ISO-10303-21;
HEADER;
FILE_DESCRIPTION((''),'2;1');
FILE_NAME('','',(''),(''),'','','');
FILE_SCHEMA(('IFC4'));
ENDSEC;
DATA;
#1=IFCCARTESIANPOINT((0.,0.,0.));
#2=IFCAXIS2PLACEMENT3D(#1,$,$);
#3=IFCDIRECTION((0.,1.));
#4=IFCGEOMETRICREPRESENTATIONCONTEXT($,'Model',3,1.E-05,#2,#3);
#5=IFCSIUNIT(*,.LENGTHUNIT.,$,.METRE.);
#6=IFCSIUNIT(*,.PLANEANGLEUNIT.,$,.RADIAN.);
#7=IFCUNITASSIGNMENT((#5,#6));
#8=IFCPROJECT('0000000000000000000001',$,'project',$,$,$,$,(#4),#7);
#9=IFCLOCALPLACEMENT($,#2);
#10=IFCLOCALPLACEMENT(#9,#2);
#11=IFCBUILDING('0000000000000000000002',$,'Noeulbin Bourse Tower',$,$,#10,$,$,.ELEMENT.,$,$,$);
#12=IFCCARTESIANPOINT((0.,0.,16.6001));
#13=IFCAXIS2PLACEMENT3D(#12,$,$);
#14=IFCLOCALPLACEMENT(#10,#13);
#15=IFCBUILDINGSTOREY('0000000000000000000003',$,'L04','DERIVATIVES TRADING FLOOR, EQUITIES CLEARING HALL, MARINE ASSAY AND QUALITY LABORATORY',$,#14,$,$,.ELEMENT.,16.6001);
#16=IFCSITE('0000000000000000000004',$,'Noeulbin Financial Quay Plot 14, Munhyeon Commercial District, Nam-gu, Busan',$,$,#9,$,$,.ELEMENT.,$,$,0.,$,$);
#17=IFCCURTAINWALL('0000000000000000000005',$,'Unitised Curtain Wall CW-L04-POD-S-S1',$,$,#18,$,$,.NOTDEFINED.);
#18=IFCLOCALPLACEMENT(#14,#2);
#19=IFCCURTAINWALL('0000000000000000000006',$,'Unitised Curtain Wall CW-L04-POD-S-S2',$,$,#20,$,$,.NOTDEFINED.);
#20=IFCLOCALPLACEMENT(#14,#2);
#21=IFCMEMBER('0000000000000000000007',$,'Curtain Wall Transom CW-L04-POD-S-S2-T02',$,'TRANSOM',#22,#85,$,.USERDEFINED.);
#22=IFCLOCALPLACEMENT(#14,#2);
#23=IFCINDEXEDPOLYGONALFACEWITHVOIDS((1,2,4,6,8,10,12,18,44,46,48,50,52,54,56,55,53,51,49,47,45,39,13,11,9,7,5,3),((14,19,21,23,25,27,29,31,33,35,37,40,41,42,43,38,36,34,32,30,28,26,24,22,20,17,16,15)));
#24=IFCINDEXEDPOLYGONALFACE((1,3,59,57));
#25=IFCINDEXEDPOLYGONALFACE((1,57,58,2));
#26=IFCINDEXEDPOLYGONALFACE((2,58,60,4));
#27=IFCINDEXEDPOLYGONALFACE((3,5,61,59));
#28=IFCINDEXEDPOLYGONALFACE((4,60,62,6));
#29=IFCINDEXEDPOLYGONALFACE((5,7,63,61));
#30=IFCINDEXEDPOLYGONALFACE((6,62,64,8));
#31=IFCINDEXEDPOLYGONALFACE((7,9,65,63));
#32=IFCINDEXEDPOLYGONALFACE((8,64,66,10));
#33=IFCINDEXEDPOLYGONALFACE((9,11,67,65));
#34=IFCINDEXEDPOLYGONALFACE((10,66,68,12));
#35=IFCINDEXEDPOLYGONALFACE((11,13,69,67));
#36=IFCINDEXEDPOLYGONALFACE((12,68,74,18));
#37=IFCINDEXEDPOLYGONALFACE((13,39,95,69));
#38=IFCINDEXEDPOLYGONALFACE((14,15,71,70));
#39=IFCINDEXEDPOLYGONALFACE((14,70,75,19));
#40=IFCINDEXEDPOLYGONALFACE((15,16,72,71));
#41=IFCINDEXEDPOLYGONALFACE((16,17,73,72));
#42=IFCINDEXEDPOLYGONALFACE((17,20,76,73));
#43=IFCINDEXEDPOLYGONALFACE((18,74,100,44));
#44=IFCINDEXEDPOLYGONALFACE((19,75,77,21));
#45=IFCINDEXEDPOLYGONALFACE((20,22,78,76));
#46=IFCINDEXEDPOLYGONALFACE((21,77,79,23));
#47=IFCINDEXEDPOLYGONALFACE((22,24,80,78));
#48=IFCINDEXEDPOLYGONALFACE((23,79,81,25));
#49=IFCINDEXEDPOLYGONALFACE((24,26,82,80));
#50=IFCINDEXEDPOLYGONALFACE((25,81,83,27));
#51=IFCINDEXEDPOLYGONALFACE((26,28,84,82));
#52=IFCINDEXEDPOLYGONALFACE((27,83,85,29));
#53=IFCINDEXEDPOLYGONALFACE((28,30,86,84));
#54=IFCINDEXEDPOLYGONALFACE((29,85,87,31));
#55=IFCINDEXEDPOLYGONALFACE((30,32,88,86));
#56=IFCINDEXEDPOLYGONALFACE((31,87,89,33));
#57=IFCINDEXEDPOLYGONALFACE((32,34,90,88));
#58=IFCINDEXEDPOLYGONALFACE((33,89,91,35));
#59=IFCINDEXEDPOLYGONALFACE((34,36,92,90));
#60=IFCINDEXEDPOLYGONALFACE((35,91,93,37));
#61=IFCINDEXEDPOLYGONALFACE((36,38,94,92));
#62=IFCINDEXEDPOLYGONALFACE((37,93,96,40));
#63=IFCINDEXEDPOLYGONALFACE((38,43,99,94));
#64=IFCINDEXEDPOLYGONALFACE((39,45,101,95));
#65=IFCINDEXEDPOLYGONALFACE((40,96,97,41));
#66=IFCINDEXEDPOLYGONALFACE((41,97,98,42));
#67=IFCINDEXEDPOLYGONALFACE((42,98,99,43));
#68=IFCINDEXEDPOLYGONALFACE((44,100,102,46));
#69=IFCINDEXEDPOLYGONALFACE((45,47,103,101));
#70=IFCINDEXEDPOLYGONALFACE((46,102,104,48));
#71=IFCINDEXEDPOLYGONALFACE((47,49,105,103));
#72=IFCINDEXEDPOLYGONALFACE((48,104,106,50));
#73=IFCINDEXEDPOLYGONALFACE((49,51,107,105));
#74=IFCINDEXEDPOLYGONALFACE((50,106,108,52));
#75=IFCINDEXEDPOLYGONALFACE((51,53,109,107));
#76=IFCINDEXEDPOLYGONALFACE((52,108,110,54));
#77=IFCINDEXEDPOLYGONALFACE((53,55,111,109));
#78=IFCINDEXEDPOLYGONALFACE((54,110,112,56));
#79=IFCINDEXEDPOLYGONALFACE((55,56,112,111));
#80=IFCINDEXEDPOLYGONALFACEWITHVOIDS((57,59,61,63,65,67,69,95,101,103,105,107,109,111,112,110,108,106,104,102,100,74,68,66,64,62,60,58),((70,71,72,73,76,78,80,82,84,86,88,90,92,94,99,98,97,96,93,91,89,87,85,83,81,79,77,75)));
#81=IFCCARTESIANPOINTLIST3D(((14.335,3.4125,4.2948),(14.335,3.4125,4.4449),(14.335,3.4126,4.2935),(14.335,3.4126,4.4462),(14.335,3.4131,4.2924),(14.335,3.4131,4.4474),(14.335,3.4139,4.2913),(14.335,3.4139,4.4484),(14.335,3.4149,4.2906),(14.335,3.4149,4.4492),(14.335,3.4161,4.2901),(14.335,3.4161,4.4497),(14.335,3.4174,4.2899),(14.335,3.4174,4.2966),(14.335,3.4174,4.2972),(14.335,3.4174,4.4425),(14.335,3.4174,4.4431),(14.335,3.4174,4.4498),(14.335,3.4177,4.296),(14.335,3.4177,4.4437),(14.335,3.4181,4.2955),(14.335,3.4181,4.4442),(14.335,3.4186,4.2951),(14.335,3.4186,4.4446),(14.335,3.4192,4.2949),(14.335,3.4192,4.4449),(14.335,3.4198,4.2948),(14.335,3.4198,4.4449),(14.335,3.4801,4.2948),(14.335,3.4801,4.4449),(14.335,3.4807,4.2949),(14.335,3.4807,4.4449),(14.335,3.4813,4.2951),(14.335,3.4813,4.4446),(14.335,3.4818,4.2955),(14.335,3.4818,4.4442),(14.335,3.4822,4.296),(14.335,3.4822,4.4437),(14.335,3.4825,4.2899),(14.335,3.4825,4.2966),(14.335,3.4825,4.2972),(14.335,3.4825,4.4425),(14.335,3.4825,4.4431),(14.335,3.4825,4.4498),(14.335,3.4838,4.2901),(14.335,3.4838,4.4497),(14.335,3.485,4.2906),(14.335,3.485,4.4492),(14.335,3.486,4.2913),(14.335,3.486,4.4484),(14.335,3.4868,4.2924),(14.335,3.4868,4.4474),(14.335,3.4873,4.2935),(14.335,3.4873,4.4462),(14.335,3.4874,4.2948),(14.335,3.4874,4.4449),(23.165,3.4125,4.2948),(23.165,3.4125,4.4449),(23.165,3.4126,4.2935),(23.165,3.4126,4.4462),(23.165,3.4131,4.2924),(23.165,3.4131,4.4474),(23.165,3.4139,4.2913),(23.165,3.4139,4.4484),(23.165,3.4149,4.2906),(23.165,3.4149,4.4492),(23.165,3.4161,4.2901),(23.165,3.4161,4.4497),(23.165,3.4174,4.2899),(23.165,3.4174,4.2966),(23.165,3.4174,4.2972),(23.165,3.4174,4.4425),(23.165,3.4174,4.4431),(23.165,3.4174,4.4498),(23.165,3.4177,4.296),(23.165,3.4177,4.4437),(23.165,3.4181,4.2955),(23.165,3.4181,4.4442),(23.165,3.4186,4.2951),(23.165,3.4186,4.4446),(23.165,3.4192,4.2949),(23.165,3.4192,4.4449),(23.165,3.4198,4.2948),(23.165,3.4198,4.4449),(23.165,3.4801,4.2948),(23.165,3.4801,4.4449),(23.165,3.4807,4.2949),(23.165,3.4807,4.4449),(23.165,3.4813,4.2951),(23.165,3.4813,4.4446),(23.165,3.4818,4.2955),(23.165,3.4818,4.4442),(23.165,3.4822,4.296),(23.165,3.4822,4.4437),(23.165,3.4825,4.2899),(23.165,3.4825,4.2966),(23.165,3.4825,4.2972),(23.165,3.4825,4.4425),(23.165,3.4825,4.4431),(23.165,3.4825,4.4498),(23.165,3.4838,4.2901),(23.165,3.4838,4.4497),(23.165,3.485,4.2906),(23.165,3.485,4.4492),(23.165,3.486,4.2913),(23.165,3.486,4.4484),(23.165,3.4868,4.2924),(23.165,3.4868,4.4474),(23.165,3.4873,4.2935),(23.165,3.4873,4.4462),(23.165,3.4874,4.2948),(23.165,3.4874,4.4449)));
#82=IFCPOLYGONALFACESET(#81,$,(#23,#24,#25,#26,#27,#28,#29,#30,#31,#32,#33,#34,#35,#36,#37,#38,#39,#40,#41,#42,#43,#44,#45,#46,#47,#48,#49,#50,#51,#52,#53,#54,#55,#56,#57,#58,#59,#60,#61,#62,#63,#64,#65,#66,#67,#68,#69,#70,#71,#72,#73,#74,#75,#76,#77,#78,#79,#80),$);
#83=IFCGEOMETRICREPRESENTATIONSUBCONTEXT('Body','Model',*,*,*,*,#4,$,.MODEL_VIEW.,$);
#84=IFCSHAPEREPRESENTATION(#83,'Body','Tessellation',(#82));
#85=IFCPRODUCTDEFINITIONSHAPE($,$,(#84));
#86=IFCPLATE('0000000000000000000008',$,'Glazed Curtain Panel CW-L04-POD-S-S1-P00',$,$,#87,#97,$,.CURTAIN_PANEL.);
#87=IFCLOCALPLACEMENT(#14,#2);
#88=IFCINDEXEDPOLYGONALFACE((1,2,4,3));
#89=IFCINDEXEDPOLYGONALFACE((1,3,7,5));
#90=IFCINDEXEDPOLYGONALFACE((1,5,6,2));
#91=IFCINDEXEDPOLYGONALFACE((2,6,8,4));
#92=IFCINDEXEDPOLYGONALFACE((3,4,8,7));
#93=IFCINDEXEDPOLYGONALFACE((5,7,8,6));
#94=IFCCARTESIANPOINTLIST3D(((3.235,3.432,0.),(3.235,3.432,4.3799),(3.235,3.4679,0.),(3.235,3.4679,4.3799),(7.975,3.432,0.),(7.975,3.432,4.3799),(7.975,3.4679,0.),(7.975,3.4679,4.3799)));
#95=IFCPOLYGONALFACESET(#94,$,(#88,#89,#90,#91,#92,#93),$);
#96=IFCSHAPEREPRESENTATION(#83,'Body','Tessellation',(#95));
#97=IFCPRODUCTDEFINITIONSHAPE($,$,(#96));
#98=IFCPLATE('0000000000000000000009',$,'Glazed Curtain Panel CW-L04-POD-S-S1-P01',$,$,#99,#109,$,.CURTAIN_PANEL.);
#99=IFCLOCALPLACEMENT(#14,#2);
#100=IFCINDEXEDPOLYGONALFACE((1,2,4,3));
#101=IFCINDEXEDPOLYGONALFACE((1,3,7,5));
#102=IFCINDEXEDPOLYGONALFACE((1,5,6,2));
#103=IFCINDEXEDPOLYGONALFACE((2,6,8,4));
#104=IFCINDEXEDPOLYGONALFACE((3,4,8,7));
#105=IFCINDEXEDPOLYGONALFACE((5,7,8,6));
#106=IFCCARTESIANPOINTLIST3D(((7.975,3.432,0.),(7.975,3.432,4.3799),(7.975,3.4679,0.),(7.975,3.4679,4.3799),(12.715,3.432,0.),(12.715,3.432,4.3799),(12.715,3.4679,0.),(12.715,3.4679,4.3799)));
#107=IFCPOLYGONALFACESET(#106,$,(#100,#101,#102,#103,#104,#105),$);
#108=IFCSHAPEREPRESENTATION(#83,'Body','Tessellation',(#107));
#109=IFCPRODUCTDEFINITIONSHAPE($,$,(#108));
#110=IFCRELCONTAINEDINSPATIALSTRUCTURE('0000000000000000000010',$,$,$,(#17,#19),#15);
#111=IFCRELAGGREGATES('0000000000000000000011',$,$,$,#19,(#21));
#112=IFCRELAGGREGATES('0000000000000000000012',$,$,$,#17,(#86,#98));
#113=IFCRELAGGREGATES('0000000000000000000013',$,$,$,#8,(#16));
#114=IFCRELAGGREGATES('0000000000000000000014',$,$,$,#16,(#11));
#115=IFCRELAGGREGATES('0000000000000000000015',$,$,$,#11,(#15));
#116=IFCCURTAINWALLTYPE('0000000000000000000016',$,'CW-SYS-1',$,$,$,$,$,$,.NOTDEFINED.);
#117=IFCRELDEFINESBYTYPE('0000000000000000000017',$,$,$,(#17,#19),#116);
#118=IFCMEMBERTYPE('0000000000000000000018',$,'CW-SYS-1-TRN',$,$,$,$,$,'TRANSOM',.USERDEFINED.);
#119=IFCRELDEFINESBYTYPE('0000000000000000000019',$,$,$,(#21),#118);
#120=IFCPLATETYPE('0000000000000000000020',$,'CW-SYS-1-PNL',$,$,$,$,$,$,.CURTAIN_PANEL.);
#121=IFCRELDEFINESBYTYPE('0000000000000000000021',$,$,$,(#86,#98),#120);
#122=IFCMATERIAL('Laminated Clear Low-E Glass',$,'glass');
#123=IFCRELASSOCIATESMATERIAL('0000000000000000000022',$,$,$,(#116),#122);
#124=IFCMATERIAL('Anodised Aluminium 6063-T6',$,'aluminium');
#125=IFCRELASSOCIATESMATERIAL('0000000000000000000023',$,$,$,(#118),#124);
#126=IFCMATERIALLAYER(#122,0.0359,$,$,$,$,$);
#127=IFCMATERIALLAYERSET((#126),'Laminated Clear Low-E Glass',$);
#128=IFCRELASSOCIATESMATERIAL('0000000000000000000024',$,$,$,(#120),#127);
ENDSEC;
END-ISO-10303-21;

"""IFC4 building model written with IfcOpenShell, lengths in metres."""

from ifc_helpers import new_model, si_unit, direction, frame, origin, origin_2d, place, context, subcontext, project, spatial, rectangle, hollow_rectangle, extrude, material, layer, layer_set, material_profile, profile_set, type_object, element, aggregate, save


model = new_model("IFC4")

# Units and contexts
model_context = context("Model", 3, precision=1e-05, world=origin(), true_north=direction((0.0, 1.0)))
body_context = subcontext(model_context, "Body", "Model", "MODEL_VIEW")
ifc_project = project(units=[si_unit("LENGTHUNIT", "METRE"), si_unit("PLANEANGLEUNIT", "RADIAN")], contexts=[model_context])

# Site, building, storey
site_placement = place(None, origin())
site = spatial("IfcSite", under=ifc_project, at=site_placement, Name="Noeulbin Financial Quay Plot 14, Munhyeon Commercial District, Nam-gu, Busan", CompositionType="ELEMENT", RefElevation=0.0)
building_placement = place(site_placement, origin())
building = spatial("IfcBuilding", under=site, at=building_placement, Name="Noeulbin Bourse Tower", CompositionType="ELEMENT")
storey_placement = place(building_placement, frame((0.0, 0.0, 16.6001)))
storey = spatial("IfcBuildingStorey", under=building, at=storey_placement, Name="L04", Description="DERIVATIVES TRADING FLOOR, EQUITIES CLEARING HALL, MARINE ASSAY AND QUALITY LABORATORY", CompositionType="ELEMENT", Elevation=16.6001)

# Curtain wall
ifc_material_1 = material(Name="Laminated Clear Low-E Glass", Category="glass")
curtain_wall_type = type_object("IfcCurtainWallType", Name="CW-SYS-1", PredefinedType="NOTDEFINED", material=ifc_material_1)
curtain_wall_1_placement = place(storey_placement, origin())
curtain_wall_1 = element("IfcCurtainWall", 1, at=curtain_wall_1_placement, inside=storey, type_object=curtain_wall_type, Name="Unitised Curtain Wall CW-L04-POD-S-S1", PredefinedType="NOTDEFINED")
ifc_material_2 = material(Name="Anodised Aluminium 6063-T6", Category="aluminium")

# Curtain wall
curtain_wall_2_placement = place(storey_placement, origin())
curtain_wall_2 = element("IfcCurtainWall", 2, at=curtain_wall_2_placement, inside=storey, type_object=curtain_wall_type, Name="Unitised Curtain Wall CW-L04-POD-S-S2", PredefinedType="NOTDEFINED")

# Member
ifc_material_profile_1 = material_profile(ifc_material_2, hollow_rectangle(XDim=0.075, YDim=0.1599, WallThickness=0.0049, InnerFilletRadius=0.0024, OuterFilletRadius=0.0049, at=origin_2d()), Name="ALU-TRAN-75x160x5", Category="LoadBearing")
ifc_profile_set_1 = profile_set([ifc_material_profile_1], Name="Anodised Aluminium 6063-T6")
member_type_1 = type_object("IfcMemberType", Name="CW-SYS-1-TRN", ElementType="TRANSOM", PredefinedType="USERDEFINED", material=ifc_profile_set_1)
member_1_placement = place(storey_placement, frame((14.335, 3.45, 4.3699), z_axis=(1.0, 0.0, 0.0), x_axis=(0.0, 1.0, 0.0)))
member_1 = element("IfcMember", 3, at=member_1_placement, type_object=member_type_1, Name="Curtain Wall Transom CW-L04-POD-S-S2-T02", ObjectType="TRANSOM", PredefinedType="USERDEFINED", context=body_context, shape_type="SweptSolid", body=[
    extrude(hollow_rectangle(XDim=0.075, YDim=0.1599, WallThickness=0.0049, InnerFilletRadius=0.0024, OuterFilletRadius=0.0049, at=origin_2d()), origin(), (0.0, 0.0, 1.0), 8.8301),
])
aggregate(curtain_wall_2, [member_1])

# Plates
ifc_layer = layer(ifc_material_1, 0.0359)
ifc_layer_set = layer_set([ifc_layer], Name="Laminated Clear Low-E Glass")
plate_type = type_object("IfcPlateType", Name="CW-SYS-1-PNL", PredefinedType="CURTAIN_PANEL", material=ifc_layer_set)
plate_1_placement = place(storey_placement, frame((5.605, 3.45, 0.0), z_axis=(0.0, 0.0, 1.0), x_axis=(1.0, 0.0, 0.0)))
plate_1 = element("IfcPlate", 4, at=plate_1_placement, type_object=plate_type, Name="Glazed Curtain Panel CW-L04-POD-S-S1-P00", PredefinedType="CURTAIN_PANEL", context=body_context, shape_type="SweptSolid", body=[
    extrude(rectangle(XDim=4.74, YDim=0.0359, at=origin_2d()), origin(), (0.0, 0.0, 1.0), 4.3799),
])
plate_2_placement = place(storey_placement, frame((10.345, 3.45, 0.0), z_axis=(0.0, 0.0, 1.0), x_axis=(1.0, 0.0, 0.0)))
plate_2 = element("IfcPlate", 5, at=plate_2_placement, type_object=plate_type, Name="Glazed Curtain Panel CW-L04-POD-S-S1-P01", PredefinedType="CURTAIN_PANEL", context=body_context, shape_type="SweptSolid", body=[
    extrude(rectangle(XDim=4.74, YDim=0.0359, at=origin_2d()), origin(), (0.0, 0.0, 1.0), 4.3799),
])
aggregate(curtain_wall_1, [plate_1, plate_2])

save(model, "model.ifc")
